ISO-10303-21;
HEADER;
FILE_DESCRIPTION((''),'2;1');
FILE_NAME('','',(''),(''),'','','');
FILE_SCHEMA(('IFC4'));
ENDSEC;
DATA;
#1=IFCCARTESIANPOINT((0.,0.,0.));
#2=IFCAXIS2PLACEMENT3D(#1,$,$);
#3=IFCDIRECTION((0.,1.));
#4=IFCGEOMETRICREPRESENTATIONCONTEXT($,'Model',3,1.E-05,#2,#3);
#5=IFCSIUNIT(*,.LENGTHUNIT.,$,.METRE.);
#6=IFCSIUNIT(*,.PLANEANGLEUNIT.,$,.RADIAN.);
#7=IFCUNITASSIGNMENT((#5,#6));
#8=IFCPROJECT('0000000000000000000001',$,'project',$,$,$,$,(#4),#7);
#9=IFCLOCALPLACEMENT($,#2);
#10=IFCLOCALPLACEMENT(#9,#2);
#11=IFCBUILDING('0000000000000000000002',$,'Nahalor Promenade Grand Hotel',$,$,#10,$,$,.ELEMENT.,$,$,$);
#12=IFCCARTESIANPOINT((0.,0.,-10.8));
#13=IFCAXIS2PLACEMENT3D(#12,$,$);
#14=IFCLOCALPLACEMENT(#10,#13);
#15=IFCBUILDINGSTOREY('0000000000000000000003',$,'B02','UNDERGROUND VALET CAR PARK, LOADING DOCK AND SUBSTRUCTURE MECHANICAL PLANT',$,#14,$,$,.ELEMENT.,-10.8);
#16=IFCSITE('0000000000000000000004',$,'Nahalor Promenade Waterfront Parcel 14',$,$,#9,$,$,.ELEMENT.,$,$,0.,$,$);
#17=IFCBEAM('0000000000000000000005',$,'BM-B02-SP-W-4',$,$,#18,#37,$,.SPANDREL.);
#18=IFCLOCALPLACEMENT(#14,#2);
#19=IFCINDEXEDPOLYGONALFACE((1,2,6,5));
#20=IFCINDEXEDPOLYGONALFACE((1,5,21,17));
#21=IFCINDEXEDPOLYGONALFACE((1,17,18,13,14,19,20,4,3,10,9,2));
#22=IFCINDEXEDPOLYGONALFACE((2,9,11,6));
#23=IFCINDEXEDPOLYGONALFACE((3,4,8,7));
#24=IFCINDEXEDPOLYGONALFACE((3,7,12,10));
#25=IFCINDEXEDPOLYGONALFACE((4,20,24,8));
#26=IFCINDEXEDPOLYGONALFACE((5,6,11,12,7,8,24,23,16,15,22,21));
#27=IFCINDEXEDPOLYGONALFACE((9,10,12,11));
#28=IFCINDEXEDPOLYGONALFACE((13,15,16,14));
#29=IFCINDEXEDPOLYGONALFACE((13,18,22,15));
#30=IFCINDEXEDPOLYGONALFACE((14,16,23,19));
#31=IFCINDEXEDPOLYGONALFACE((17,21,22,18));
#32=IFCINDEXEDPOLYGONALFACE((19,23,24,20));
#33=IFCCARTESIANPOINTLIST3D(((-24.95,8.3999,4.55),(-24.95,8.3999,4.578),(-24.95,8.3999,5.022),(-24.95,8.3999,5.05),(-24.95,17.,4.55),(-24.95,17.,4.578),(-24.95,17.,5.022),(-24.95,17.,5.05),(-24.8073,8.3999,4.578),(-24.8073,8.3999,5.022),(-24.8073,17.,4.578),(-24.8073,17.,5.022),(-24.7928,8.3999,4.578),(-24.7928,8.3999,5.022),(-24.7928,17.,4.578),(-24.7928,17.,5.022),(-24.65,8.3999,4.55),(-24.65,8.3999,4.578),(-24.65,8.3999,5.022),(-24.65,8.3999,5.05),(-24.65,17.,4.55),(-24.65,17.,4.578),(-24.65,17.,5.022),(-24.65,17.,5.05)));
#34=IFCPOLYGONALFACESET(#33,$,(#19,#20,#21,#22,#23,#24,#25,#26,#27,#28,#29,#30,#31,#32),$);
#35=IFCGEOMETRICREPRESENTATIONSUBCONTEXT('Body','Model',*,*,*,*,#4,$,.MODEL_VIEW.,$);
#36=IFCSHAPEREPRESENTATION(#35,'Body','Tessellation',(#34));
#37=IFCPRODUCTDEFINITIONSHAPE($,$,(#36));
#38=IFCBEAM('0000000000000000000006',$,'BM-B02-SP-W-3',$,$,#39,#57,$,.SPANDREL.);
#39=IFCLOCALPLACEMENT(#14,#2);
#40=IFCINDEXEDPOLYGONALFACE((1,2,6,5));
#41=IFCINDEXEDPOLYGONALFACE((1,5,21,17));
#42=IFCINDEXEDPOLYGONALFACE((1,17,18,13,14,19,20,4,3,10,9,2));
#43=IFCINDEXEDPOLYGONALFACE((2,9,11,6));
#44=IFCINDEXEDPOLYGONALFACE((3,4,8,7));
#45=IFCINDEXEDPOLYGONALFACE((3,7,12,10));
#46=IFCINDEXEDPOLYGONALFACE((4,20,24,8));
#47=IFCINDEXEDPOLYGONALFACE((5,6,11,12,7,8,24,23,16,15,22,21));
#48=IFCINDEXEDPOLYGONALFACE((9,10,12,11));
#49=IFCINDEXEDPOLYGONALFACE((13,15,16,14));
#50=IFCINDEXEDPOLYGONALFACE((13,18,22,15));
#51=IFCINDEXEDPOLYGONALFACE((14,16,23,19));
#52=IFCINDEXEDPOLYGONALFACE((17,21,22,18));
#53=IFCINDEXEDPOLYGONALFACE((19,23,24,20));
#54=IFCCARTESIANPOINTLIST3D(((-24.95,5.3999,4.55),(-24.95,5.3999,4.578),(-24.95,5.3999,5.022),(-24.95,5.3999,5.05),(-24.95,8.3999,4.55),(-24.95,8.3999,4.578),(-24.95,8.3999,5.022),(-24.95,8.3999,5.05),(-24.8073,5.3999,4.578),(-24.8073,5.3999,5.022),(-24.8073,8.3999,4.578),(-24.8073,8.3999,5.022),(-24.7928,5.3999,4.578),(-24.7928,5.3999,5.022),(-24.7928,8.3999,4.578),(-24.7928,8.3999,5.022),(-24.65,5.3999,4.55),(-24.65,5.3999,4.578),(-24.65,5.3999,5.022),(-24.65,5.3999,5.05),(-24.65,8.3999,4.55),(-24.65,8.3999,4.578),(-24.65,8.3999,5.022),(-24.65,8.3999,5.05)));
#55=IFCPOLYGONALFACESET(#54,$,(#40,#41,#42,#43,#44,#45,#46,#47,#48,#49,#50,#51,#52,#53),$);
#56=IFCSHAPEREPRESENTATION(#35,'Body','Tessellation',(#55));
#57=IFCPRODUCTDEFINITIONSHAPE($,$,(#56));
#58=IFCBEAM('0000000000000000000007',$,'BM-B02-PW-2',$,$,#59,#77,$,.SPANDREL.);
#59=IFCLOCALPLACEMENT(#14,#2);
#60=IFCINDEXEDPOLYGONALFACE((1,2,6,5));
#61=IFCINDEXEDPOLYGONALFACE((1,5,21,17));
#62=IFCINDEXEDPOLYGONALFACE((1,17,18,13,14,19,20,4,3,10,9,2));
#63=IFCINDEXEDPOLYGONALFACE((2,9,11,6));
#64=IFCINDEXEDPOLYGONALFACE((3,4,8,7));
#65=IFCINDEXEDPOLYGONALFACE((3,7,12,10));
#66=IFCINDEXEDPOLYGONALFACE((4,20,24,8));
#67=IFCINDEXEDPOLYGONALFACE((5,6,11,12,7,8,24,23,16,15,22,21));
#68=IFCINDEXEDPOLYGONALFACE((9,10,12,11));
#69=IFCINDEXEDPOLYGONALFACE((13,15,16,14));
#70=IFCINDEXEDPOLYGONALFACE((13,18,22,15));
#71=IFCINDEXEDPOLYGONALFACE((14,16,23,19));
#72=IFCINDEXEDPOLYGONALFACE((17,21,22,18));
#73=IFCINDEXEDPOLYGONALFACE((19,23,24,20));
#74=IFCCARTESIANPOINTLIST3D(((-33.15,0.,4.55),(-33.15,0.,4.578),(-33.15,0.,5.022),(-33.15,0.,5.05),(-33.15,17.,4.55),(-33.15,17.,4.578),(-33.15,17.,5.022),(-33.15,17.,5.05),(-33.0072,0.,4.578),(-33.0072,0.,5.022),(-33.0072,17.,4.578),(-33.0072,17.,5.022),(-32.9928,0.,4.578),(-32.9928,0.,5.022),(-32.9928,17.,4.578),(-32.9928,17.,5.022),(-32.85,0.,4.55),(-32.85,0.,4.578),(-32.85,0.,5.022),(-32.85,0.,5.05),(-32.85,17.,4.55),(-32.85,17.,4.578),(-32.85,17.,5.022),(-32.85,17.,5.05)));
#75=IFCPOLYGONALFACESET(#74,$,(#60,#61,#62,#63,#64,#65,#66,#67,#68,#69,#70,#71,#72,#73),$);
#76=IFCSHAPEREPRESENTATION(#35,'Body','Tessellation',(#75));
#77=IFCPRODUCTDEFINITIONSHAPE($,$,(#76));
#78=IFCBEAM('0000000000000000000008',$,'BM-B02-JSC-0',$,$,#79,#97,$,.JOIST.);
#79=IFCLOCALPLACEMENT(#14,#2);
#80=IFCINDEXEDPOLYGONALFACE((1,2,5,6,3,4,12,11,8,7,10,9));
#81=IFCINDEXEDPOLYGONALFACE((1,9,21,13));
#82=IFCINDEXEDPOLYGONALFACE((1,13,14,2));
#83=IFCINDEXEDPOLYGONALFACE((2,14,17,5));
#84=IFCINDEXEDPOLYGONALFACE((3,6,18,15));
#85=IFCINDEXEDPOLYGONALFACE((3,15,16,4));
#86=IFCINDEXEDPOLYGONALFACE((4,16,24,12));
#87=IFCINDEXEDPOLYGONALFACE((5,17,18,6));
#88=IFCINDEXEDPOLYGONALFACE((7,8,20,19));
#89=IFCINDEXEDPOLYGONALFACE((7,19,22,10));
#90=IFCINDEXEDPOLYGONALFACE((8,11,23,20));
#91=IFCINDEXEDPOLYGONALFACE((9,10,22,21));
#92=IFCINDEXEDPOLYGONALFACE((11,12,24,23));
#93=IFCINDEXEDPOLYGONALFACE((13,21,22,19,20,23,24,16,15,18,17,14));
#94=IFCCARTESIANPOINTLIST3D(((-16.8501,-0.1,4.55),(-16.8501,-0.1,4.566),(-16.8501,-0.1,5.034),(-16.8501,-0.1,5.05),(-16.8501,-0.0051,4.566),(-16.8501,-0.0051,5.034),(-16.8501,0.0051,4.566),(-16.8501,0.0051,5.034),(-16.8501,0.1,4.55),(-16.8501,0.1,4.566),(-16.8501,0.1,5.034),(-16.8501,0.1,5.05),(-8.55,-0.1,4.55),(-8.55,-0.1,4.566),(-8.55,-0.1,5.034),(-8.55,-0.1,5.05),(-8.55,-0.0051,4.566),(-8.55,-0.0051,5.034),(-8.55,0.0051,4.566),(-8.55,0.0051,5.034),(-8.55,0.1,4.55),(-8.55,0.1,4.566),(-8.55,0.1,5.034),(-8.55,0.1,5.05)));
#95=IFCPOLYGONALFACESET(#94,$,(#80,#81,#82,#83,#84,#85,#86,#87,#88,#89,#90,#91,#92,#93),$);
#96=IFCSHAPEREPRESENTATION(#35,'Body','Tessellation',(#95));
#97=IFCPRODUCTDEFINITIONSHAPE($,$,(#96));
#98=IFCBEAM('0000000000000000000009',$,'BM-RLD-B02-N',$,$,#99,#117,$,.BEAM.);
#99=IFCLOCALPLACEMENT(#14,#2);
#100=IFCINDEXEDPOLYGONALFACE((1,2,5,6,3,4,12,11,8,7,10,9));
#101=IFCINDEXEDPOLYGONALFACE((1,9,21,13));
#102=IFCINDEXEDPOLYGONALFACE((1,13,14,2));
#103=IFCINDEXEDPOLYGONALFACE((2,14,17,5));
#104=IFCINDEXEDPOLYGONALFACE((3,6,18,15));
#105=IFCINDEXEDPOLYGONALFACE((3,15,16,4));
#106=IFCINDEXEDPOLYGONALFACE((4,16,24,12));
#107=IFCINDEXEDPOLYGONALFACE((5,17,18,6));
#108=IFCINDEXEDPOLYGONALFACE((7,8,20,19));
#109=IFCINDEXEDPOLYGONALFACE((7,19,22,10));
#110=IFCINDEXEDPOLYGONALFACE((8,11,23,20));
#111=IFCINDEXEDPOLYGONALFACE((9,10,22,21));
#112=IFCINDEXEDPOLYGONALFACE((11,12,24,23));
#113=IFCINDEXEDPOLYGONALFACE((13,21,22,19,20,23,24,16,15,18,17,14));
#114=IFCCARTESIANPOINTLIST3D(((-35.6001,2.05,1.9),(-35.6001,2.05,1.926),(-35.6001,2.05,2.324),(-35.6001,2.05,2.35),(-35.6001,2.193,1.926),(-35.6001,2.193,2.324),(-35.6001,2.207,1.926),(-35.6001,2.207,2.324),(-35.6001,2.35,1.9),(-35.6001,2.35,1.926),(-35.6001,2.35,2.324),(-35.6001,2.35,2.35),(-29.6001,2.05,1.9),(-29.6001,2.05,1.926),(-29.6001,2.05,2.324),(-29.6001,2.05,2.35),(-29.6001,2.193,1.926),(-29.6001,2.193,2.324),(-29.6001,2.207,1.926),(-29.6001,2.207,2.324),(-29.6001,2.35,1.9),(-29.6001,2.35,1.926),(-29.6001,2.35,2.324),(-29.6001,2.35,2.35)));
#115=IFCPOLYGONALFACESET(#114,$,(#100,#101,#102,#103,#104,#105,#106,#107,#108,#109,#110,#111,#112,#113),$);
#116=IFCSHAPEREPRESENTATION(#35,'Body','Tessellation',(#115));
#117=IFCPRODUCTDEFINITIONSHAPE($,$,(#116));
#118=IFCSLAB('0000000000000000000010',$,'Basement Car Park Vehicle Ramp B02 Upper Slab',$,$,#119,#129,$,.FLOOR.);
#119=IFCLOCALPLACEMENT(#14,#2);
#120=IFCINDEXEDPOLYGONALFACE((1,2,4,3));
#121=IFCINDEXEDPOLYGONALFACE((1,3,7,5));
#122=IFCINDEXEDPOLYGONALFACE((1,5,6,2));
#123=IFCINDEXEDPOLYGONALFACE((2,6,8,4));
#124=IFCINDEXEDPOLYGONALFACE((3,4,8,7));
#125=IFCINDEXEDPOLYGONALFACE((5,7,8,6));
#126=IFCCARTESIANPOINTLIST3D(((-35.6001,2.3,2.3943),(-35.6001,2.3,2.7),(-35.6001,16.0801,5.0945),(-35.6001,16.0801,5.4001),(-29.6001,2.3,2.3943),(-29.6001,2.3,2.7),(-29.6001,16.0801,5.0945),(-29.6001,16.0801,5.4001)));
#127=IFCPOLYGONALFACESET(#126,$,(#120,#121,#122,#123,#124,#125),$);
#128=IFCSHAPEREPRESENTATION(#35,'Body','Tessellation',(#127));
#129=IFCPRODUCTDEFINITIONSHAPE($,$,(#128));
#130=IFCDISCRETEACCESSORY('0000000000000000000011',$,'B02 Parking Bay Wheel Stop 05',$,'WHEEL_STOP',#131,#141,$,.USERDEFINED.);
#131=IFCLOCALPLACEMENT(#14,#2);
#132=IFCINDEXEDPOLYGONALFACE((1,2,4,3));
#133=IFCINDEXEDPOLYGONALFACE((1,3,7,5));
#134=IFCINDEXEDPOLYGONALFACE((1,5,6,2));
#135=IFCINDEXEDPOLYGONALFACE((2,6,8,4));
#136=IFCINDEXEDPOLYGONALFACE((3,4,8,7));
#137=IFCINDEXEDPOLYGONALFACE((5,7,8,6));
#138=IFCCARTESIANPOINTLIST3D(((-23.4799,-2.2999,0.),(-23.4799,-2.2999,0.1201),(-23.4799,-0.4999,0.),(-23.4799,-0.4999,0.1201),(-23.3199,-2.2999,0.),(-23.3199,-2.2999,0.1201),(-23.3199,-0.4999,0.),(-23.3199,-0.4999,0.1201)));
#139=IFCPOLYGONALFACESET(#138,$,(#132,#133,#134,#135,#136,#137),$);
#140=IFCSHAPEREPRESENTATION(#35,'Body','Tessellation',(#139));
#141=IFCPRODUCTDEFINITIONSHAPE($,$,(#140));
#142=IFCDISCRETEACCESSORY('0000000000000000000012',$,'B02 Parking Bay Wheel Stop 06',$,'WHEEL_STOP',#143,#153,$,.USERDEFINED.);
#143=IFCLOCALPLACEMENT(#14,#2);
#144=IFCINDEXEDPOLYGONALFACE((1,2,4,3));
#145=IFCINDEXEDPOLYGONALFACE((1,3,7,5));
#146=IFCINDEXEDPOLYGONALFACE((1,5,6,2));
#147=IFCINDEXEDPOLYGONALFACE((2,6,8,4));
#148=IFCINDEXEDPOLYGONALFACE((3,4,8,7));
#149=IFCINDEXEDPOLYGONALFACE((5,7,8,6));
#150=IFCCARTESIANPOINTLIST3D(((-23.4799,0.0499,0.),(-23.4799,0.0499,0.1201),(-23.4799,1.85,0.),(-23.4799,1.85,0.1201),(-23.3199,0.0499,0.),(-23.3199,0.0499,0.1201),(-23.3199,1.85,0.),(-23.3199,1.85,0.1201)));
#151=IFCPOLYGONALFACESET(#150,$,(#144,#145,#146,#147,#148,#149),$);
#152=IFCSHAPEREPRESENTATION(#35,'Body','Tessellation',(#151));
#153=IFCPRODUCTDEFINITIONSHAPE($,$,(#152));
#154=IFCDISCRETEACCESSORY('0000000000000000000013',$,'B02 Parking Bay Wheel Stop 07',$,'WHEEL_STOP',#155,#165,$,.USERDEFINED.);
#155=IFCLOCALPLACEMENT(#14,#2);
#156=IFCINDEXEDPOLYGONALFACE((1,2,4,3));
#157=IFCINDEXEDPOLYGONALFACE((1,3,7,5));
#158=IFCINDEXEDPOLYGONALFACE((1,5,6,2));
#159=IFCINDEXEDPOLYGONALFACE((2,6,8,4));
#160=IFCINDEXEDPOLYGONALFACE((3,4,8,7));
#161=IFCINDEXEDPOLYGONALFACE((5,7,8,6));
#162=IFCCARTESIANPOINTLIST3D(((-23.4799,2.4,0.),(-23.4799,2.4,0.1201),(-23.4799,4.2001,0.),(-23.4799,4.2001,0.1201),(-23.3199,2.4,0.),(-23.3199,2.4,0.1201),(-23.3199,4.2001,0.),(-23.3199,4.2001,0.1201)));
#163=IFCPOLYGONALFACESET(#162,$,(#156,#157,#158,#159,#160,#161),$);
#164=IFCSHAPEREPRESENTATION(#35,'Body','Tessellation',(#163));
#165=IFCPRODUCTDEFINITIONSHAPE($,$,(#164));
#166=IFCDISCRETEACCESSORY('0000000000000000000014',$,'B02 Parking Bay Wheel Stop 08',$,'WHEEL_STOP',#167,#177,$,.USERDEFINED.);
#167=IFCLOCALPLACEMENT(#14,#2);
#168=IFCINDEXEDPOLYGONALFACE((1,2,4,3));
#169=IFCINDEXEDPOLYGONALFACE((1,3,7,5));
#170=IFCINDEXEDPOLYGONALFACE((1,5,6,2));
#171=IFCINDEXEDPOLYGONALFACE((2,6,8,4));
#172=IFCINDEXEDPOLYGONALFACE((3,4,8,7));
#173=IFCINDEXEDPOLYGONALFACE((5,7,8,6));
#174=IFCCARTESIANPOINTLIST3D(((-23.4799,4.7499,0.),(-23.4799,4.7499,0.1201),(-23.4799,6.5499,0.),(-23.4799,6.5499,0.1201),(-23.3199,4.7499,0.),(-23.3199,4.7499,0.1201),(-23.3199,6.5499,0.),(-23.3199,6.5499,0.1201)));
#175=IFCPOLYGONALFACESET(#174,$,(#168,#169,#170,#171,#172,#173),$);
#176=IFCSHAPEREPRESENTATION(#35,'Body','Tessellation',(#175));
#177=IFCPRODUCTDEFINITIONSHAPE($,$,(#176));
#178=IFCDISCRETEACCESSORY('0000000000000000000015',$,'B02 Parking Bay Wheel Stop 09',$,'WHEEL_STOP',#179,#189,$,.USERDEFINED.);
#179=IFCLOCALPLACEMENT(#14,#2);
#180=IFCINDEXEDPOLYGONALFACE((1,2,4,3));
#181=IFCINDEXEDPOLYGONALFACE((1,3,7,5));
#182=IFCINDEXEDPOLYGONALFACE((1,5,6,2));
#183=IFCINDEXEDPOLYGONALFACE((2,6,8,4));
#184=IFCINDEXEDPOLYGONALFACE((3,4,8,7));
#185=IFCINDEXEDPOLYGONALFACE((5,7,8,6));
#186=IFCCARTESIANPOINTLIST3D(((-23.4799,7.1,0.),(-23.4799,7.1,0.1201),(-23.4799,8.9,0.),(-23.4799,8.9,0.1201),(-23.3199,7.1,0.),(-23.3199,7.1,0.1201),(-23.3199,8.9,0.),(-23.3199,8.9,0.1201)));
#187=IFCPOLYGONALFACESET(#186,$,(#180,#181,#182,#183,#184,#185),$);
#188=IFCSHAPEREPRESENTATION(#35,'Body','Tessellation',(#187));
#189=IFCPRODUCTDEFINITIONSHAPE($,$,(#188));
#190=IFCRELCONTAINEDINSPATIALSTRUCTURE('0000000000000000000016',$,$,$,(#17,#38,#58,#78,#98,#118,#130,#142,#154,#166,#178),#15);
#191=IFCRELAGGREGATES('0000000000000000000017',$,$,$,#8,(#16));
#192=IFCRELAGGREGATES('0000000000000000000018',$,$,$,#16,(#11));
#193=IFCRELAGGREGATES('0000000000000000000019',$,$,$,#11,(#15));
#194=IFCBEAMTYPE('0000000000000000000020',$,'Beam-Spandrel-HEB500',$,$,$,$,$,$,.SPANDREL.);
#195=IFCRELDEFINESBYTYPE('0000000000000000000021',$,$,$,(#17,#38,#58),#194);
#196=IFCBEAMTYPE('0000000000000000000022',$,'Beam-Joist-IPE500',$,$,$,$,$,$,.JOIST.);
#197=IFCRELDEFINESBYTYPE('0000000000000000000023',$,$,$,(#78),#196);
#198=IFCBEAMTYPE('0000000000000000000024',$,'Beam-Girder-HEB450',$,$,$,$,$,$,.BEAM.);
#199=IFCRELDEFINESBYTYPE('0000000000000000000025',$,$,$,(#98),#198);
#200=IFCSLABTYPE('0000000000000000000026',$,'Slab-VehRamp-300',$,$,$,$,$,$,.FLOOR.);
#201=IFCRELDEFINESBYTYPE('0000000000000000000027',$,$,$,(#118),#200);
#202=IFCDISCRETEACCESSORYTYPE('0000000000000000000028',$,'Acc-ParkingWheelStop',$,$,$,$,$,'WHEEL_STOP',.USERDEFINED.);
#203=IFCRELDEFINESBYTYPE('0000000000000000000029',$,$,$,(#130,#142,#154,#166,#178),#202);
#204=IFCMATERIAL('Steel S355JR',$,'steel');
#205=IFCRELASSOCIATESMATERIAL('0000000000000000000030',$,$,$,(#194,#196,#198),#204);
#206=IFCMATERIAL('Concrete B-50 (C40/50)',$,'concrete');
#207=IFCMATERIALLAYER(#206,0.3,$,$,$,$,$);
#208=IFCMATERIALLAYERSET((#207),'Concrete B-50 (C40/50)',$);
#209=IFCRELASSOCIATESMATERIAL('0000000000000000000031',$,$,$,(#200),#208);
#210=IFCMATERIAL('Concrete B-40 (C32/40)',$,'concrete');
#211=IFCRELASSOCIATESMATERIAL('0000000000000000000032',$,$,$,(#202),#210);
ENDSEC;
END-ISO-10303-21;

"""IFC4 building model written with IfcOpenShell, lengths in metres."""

from ifc_helpers import new_model, si_unit, direction, frame, origin, origin_2d, place, context, subcontext, project, spatial, polyline, rectangle, i_section, outline, extrude, source, transform, mapped, material, layer, layer_set, material_profile, profile_set, type_object, element, save


model = new_model("IFC4")

# Units and contexts
model_context = context("Model", 3, precision=1e-05, world=origin(), true_north=direction((0.0, 1.0)))
body_context = subcontext(model_context, "Body", "Model", "MODEL_VIEW")
ifc_project = project(units=[si_unit("LENGTHUNIT", "METRE"), si_unit("PLANEANGLEUNIT", "RADIAN")], contexts=[model_context])

# Site, building, storey
site_placement = place(None, origin())
site = spatial("IfcSite", under=ifc_project, at=site_placement, Name="Nahalor Promenade Waterfront Parcel 14", CompositionType="ELEMENT", RefElevation=0.0)
building_placement = place(site_placement, origin())
building = spatial("IfcBuilding", under=site, at=building_placement, Name="Nahalor Promenade Grand Hotel", CompositionType="ELEMENT")
storey_placement = place(building_placement, frame((0.0, 0.0, -10.8)))
storey = spatial("IfcBuildingStorey", under=building, at=storey_placement, Name="B02", Description="UNDERGROUND VALET CAR PARK, LOADING DOCK AND SUBSTRUCTURE MECHANICAL PLANT", CompositionType="ELEMENT", Elevation=-10.8)

# Shared definitions
ifc_material_1 = material(Name="Concrete B-50 (C40/50)", Category="concrete")

# Beams
ifc_material_2 = material(Name="Steel S355JR", Category="steel")
ifc_material_profile_1 = material_profile(ifc_material_2, i_section(OverallWidth=0.3, OverallDepth=0.5, WebThickness=0.0145, FlangeThickness=0.028, at=origin_2d()), Name="HEB 500")
ifc_profile_set_1 = profile_set([ifc_material_profile_1], Name="Steel S355JR")
beam_type_1 = type_object("IfcBeamType", Name="Beam-Spandrel-HEB500", PredefinedType="SPANDREL", material=ifc_profile_set_1)
shared_shape_1 = source(origin(), body_context, "Body", "SweptSolid", [
    extrude(i_section(OverallWidth=0.3, OverallDepth=0.5, WebThickness=0.0145, FlangeThickness=0.028, at=origin_2d()), origin(), (0.0, 0.0, 1.0), 8.6001),
])
beam_1_placement = place(storey_placement, frame((-24.8, 8.3999, 4.8), z_axis=(0.0, 1.0, 0.0), x_axis=(-1.0, 0.0, 0.0)))
element("IfcBeam", 1, at=beam_1_placement, inside=storey, type_object=beam_type_1, Name="BM-B02-SP-W-4", PredefinedType="SPANDREL", context=body_context, shape_type="MappedRepresentation", body=[
    mapped(shared_shape_1, transform((0.0, 0.0, 0.0), scale=1.0)),
])
shared_shape_2 = source(origin(), body_context, "Body", "SweptSolid", [
    extrude(i_section(OverallWidth=0.3, OverallDepth=0.5, WebThickness=0.0145, FlangeThickness=0.028, at=origin_2d()), origin(), (0.0, 0.0, 1.0), 3.0),
])
beam_2_placement = place(storey_placement, frame((-24.8, 5.3999, 4.8), z_axis=(0.0, 1.0, 0.0), x_axis=(-1.0, 0.0, 0.0)))
element("IfcBeam", 2, at=beam_2_placement, inside=storey, type_object=beam_type_1, Name="BM-B02-SP-W-3", PredefinedType="SPANDREL", context=body_context, shape_type="MappedRepresentation", body=[
    mapped(shared_shape_2, transform((0.0, 0.0, 0.0), scale=1.0)),
])
shared_shape_3 = source(origin(), body_context, "Body", "SweptSolid", [
    extrude(i_section(OverallWidth=0.3, OverallDepth=0.5, WebThickness=0.0145, FlangeThickness=0.028, at=origin_2d()), origin(), (0.0, 0.0, 1.0), 17.0),
])
beam_3_placement = place(storey_placement, frame((-33.0, 0.0, 4.8), z_axis=(0.0, 1.0, 0.0), x_axis=(-1.0, 0.0, 0.0)))
element("IfcBeam", 3, at=beam_3_placement, inside=storey, type_object=beam_type_1, Name="BM-B02-PW-2", PredefinedType="SPANDREL", context=body_context, shape_type="MappedRepresentation", body=[
    mapped(shared_shape_3, transform((0.0, 0.0, 0.0), scale=1.0)),
])
ifc_material_profile_2 = material_profile(ifc_material_2, i_section(OverallWidth=0.2, OverallDepth=0.5, WebThickness=0.0102, FlangeThickness=0.016, at=origin_2d()), Name="IPE 500")
ifc_profile_set_2 = profile_set([ifc_material_profile_2], Name="Steel S355JR")
beam_type_2 = type_object("IfcBeamType", Name="Beam-Joist-IPE500", PredefinedType="JOIST", material=ifc_profile_set_2)
shared_shape_4 = source(origin(), body_context, "Body", "SweptSolid", [
    extrude(i_section(OverallWidth=0.2, OverallDepth=0.5, WebThickness=0.0102, FlangeThickness=0.016, at=origin_2d()), origin(), (0.0, 0.0, 1.0), 8.3),
])
beam_4_placement = place(storey_placement, frame((-16.8501, 0.0, 4.8), z_axis=(1.0, 0.0, 0.0), x_axis=(0.0, 1.0, 0.0)))
element("IfcBeam", 4, at=beam_4_placement, inside=storey, type_object=beam_type_2, Name="BM-B02-JSC-0", PredefinedType="JOIST", context=body_context, shape_type="MappedRepresentation", body=[
    mapped(shared_shape_4, transform((0.0, 0.0, 0.0), scale=1.0)),
])
ifc_material_profile_3 = material_profile(ifc_material_2, i_section(OverallWidth=0.3, OverallDepth=0.45, WebThickness=0.014, FlangeThickness=0.026, at=origin_2d()), Name="HEB 450")
ifc_profile_set_3 = profile_set([ifc_material_profile_3], Name="Steel S355JR")
beam_type_3 = type_object("IfcBeamType", Name="Beam-Girder-HEB450", PredefinedType="BEAM", material=ifc_profile_set_3)
shared_shape_5 = source(origin(), body_context, "Body", "SweptSolid", [
    extrude(i_section(OverallWidth=0.3, OverallDepth=0.45, WebThickness=0.014, FlangeThickness=0.026, at=origin_2d()), origin(), (0.0, 0.0, 1.0), 6.0),
])
beam_5_placement = place(storey_placement, frame((-35.6001, 2.2, 2.125), z_axis=(1.0, 0.0, 0.0), x_axis=(0.0, 1.0, 0.0)))
element("IfcBeam", 5, at=beam_5_placement, inside=storey, type_object=beam_type_3, Name="BM-RLD-B02-N", PredefinedType="BEAM", context=body_context, shape_type="MappedRepresentation", body=[
    mapped(shared_shape_5, transform((0.0, 0.0, 0.0), scale=1.0)),
])

# Slab
ifc_layer_1 = layer(ifc_material_1, 0.3)
ifc_layer_set_1 = layer_set([ifc_layer_1], Name="Concrete B-50 (C40/50)")
slab_type = type_object("IfcSlabType", Name="Slab-VehRamp-300", PredefinedType="FLOOR", material=ifc_layer_set_1)
slab_placement = place(storey_placement, frame((-35.6001, 2.3, 2.7), z_axis=(0.0, -0.192293, 0.981338), x_axis=(1.0, 0.0, 0.0)))
element("IfcSlab", 6, at=slab_placement, inside=storey, type_object=slab_type, Name="Basement Car Park Vehicle Ramp B02 Upper Slab", PredefinedType="FLOOR", context=body_context, shape_type="SweptSolid", body=[
    extrude(outline(polyline([(0.0, 0.0), (6.0, 0.0), (6.0, 14.0421), (0.0, 14.0421), (0.0, 0.0)])), origin(), (0.0, -0.192293, -0.981338), 0.3057),
])

# Discrete accessories
ifc_material_3 = material(Name="Concrete B-40 (C32/40)", Category="concrete")
discrete_accessory_type = type_object("IfcDiscreteAccessoryType", Name="Acc-ParkingWheelStop", ElementType="WHEEL_STOP", PredefinedType="USERDEFINED", material=ifc_material_3)
shared_shape_6 = source(origin(), body_context, "Body", "SweptSolid", [
    extrude(rectangle(XDim=1.8, YDim=0.1599, at=origin_2d()), origin(), (0.0, 0.0, 1.0), 0.1201),
])
for number, where, z_axis, x_axis, name in (
    (7, (-23.3999, -1.3999, 0.0), (0.0, 0.0, 1.0), (0.0, 1.0, 0.0), "B02 Parking Bay Wheel Stop 05"),
    (8, (-23.3999, 0.95, 0.0), (0.0, 0.0, 1.0), (0.0, 1.0, 0.0), "B02 Parking Bay Wheel Stop 06"),
    (9, (-23.3999, 3.3, 0.0), (0.0, 0.0, 1.0), (0.0, 1.0, 0.0), "B02 Parking Bay Wheel Stop 07"),
    (10, (-23.3999, 5.6499, 0.0), (0.0, 0.0, 1.0), (0.0, 1.0, 0.0), "B02 Parking Bay Wheel Stop 08"),
    (11, (-23.3999, 8.0, 0.0), (0.0, 0.0, 1.0), (0.0, 1.0, 0.0), "B02 Parking Bay Wheel Stop 09"),
):
    element("IfcDiscreteAccessory", number, at=place(storey_placement, frame(where, z_axis=z_axis, x_axis=x_axis)), inside=storey, type_object=discrete_accessory_type, Name=name, ObjectType="WHEEL_STOP", PredefinedType="USERDEFINED", context=body_context, shape_type="MappedRepresentation", body=[
        mapped(shared_shape_6, transform((0.0, 0.0, 0.0), scale=1.0)),
    ])

save(model, "model.ifc")
